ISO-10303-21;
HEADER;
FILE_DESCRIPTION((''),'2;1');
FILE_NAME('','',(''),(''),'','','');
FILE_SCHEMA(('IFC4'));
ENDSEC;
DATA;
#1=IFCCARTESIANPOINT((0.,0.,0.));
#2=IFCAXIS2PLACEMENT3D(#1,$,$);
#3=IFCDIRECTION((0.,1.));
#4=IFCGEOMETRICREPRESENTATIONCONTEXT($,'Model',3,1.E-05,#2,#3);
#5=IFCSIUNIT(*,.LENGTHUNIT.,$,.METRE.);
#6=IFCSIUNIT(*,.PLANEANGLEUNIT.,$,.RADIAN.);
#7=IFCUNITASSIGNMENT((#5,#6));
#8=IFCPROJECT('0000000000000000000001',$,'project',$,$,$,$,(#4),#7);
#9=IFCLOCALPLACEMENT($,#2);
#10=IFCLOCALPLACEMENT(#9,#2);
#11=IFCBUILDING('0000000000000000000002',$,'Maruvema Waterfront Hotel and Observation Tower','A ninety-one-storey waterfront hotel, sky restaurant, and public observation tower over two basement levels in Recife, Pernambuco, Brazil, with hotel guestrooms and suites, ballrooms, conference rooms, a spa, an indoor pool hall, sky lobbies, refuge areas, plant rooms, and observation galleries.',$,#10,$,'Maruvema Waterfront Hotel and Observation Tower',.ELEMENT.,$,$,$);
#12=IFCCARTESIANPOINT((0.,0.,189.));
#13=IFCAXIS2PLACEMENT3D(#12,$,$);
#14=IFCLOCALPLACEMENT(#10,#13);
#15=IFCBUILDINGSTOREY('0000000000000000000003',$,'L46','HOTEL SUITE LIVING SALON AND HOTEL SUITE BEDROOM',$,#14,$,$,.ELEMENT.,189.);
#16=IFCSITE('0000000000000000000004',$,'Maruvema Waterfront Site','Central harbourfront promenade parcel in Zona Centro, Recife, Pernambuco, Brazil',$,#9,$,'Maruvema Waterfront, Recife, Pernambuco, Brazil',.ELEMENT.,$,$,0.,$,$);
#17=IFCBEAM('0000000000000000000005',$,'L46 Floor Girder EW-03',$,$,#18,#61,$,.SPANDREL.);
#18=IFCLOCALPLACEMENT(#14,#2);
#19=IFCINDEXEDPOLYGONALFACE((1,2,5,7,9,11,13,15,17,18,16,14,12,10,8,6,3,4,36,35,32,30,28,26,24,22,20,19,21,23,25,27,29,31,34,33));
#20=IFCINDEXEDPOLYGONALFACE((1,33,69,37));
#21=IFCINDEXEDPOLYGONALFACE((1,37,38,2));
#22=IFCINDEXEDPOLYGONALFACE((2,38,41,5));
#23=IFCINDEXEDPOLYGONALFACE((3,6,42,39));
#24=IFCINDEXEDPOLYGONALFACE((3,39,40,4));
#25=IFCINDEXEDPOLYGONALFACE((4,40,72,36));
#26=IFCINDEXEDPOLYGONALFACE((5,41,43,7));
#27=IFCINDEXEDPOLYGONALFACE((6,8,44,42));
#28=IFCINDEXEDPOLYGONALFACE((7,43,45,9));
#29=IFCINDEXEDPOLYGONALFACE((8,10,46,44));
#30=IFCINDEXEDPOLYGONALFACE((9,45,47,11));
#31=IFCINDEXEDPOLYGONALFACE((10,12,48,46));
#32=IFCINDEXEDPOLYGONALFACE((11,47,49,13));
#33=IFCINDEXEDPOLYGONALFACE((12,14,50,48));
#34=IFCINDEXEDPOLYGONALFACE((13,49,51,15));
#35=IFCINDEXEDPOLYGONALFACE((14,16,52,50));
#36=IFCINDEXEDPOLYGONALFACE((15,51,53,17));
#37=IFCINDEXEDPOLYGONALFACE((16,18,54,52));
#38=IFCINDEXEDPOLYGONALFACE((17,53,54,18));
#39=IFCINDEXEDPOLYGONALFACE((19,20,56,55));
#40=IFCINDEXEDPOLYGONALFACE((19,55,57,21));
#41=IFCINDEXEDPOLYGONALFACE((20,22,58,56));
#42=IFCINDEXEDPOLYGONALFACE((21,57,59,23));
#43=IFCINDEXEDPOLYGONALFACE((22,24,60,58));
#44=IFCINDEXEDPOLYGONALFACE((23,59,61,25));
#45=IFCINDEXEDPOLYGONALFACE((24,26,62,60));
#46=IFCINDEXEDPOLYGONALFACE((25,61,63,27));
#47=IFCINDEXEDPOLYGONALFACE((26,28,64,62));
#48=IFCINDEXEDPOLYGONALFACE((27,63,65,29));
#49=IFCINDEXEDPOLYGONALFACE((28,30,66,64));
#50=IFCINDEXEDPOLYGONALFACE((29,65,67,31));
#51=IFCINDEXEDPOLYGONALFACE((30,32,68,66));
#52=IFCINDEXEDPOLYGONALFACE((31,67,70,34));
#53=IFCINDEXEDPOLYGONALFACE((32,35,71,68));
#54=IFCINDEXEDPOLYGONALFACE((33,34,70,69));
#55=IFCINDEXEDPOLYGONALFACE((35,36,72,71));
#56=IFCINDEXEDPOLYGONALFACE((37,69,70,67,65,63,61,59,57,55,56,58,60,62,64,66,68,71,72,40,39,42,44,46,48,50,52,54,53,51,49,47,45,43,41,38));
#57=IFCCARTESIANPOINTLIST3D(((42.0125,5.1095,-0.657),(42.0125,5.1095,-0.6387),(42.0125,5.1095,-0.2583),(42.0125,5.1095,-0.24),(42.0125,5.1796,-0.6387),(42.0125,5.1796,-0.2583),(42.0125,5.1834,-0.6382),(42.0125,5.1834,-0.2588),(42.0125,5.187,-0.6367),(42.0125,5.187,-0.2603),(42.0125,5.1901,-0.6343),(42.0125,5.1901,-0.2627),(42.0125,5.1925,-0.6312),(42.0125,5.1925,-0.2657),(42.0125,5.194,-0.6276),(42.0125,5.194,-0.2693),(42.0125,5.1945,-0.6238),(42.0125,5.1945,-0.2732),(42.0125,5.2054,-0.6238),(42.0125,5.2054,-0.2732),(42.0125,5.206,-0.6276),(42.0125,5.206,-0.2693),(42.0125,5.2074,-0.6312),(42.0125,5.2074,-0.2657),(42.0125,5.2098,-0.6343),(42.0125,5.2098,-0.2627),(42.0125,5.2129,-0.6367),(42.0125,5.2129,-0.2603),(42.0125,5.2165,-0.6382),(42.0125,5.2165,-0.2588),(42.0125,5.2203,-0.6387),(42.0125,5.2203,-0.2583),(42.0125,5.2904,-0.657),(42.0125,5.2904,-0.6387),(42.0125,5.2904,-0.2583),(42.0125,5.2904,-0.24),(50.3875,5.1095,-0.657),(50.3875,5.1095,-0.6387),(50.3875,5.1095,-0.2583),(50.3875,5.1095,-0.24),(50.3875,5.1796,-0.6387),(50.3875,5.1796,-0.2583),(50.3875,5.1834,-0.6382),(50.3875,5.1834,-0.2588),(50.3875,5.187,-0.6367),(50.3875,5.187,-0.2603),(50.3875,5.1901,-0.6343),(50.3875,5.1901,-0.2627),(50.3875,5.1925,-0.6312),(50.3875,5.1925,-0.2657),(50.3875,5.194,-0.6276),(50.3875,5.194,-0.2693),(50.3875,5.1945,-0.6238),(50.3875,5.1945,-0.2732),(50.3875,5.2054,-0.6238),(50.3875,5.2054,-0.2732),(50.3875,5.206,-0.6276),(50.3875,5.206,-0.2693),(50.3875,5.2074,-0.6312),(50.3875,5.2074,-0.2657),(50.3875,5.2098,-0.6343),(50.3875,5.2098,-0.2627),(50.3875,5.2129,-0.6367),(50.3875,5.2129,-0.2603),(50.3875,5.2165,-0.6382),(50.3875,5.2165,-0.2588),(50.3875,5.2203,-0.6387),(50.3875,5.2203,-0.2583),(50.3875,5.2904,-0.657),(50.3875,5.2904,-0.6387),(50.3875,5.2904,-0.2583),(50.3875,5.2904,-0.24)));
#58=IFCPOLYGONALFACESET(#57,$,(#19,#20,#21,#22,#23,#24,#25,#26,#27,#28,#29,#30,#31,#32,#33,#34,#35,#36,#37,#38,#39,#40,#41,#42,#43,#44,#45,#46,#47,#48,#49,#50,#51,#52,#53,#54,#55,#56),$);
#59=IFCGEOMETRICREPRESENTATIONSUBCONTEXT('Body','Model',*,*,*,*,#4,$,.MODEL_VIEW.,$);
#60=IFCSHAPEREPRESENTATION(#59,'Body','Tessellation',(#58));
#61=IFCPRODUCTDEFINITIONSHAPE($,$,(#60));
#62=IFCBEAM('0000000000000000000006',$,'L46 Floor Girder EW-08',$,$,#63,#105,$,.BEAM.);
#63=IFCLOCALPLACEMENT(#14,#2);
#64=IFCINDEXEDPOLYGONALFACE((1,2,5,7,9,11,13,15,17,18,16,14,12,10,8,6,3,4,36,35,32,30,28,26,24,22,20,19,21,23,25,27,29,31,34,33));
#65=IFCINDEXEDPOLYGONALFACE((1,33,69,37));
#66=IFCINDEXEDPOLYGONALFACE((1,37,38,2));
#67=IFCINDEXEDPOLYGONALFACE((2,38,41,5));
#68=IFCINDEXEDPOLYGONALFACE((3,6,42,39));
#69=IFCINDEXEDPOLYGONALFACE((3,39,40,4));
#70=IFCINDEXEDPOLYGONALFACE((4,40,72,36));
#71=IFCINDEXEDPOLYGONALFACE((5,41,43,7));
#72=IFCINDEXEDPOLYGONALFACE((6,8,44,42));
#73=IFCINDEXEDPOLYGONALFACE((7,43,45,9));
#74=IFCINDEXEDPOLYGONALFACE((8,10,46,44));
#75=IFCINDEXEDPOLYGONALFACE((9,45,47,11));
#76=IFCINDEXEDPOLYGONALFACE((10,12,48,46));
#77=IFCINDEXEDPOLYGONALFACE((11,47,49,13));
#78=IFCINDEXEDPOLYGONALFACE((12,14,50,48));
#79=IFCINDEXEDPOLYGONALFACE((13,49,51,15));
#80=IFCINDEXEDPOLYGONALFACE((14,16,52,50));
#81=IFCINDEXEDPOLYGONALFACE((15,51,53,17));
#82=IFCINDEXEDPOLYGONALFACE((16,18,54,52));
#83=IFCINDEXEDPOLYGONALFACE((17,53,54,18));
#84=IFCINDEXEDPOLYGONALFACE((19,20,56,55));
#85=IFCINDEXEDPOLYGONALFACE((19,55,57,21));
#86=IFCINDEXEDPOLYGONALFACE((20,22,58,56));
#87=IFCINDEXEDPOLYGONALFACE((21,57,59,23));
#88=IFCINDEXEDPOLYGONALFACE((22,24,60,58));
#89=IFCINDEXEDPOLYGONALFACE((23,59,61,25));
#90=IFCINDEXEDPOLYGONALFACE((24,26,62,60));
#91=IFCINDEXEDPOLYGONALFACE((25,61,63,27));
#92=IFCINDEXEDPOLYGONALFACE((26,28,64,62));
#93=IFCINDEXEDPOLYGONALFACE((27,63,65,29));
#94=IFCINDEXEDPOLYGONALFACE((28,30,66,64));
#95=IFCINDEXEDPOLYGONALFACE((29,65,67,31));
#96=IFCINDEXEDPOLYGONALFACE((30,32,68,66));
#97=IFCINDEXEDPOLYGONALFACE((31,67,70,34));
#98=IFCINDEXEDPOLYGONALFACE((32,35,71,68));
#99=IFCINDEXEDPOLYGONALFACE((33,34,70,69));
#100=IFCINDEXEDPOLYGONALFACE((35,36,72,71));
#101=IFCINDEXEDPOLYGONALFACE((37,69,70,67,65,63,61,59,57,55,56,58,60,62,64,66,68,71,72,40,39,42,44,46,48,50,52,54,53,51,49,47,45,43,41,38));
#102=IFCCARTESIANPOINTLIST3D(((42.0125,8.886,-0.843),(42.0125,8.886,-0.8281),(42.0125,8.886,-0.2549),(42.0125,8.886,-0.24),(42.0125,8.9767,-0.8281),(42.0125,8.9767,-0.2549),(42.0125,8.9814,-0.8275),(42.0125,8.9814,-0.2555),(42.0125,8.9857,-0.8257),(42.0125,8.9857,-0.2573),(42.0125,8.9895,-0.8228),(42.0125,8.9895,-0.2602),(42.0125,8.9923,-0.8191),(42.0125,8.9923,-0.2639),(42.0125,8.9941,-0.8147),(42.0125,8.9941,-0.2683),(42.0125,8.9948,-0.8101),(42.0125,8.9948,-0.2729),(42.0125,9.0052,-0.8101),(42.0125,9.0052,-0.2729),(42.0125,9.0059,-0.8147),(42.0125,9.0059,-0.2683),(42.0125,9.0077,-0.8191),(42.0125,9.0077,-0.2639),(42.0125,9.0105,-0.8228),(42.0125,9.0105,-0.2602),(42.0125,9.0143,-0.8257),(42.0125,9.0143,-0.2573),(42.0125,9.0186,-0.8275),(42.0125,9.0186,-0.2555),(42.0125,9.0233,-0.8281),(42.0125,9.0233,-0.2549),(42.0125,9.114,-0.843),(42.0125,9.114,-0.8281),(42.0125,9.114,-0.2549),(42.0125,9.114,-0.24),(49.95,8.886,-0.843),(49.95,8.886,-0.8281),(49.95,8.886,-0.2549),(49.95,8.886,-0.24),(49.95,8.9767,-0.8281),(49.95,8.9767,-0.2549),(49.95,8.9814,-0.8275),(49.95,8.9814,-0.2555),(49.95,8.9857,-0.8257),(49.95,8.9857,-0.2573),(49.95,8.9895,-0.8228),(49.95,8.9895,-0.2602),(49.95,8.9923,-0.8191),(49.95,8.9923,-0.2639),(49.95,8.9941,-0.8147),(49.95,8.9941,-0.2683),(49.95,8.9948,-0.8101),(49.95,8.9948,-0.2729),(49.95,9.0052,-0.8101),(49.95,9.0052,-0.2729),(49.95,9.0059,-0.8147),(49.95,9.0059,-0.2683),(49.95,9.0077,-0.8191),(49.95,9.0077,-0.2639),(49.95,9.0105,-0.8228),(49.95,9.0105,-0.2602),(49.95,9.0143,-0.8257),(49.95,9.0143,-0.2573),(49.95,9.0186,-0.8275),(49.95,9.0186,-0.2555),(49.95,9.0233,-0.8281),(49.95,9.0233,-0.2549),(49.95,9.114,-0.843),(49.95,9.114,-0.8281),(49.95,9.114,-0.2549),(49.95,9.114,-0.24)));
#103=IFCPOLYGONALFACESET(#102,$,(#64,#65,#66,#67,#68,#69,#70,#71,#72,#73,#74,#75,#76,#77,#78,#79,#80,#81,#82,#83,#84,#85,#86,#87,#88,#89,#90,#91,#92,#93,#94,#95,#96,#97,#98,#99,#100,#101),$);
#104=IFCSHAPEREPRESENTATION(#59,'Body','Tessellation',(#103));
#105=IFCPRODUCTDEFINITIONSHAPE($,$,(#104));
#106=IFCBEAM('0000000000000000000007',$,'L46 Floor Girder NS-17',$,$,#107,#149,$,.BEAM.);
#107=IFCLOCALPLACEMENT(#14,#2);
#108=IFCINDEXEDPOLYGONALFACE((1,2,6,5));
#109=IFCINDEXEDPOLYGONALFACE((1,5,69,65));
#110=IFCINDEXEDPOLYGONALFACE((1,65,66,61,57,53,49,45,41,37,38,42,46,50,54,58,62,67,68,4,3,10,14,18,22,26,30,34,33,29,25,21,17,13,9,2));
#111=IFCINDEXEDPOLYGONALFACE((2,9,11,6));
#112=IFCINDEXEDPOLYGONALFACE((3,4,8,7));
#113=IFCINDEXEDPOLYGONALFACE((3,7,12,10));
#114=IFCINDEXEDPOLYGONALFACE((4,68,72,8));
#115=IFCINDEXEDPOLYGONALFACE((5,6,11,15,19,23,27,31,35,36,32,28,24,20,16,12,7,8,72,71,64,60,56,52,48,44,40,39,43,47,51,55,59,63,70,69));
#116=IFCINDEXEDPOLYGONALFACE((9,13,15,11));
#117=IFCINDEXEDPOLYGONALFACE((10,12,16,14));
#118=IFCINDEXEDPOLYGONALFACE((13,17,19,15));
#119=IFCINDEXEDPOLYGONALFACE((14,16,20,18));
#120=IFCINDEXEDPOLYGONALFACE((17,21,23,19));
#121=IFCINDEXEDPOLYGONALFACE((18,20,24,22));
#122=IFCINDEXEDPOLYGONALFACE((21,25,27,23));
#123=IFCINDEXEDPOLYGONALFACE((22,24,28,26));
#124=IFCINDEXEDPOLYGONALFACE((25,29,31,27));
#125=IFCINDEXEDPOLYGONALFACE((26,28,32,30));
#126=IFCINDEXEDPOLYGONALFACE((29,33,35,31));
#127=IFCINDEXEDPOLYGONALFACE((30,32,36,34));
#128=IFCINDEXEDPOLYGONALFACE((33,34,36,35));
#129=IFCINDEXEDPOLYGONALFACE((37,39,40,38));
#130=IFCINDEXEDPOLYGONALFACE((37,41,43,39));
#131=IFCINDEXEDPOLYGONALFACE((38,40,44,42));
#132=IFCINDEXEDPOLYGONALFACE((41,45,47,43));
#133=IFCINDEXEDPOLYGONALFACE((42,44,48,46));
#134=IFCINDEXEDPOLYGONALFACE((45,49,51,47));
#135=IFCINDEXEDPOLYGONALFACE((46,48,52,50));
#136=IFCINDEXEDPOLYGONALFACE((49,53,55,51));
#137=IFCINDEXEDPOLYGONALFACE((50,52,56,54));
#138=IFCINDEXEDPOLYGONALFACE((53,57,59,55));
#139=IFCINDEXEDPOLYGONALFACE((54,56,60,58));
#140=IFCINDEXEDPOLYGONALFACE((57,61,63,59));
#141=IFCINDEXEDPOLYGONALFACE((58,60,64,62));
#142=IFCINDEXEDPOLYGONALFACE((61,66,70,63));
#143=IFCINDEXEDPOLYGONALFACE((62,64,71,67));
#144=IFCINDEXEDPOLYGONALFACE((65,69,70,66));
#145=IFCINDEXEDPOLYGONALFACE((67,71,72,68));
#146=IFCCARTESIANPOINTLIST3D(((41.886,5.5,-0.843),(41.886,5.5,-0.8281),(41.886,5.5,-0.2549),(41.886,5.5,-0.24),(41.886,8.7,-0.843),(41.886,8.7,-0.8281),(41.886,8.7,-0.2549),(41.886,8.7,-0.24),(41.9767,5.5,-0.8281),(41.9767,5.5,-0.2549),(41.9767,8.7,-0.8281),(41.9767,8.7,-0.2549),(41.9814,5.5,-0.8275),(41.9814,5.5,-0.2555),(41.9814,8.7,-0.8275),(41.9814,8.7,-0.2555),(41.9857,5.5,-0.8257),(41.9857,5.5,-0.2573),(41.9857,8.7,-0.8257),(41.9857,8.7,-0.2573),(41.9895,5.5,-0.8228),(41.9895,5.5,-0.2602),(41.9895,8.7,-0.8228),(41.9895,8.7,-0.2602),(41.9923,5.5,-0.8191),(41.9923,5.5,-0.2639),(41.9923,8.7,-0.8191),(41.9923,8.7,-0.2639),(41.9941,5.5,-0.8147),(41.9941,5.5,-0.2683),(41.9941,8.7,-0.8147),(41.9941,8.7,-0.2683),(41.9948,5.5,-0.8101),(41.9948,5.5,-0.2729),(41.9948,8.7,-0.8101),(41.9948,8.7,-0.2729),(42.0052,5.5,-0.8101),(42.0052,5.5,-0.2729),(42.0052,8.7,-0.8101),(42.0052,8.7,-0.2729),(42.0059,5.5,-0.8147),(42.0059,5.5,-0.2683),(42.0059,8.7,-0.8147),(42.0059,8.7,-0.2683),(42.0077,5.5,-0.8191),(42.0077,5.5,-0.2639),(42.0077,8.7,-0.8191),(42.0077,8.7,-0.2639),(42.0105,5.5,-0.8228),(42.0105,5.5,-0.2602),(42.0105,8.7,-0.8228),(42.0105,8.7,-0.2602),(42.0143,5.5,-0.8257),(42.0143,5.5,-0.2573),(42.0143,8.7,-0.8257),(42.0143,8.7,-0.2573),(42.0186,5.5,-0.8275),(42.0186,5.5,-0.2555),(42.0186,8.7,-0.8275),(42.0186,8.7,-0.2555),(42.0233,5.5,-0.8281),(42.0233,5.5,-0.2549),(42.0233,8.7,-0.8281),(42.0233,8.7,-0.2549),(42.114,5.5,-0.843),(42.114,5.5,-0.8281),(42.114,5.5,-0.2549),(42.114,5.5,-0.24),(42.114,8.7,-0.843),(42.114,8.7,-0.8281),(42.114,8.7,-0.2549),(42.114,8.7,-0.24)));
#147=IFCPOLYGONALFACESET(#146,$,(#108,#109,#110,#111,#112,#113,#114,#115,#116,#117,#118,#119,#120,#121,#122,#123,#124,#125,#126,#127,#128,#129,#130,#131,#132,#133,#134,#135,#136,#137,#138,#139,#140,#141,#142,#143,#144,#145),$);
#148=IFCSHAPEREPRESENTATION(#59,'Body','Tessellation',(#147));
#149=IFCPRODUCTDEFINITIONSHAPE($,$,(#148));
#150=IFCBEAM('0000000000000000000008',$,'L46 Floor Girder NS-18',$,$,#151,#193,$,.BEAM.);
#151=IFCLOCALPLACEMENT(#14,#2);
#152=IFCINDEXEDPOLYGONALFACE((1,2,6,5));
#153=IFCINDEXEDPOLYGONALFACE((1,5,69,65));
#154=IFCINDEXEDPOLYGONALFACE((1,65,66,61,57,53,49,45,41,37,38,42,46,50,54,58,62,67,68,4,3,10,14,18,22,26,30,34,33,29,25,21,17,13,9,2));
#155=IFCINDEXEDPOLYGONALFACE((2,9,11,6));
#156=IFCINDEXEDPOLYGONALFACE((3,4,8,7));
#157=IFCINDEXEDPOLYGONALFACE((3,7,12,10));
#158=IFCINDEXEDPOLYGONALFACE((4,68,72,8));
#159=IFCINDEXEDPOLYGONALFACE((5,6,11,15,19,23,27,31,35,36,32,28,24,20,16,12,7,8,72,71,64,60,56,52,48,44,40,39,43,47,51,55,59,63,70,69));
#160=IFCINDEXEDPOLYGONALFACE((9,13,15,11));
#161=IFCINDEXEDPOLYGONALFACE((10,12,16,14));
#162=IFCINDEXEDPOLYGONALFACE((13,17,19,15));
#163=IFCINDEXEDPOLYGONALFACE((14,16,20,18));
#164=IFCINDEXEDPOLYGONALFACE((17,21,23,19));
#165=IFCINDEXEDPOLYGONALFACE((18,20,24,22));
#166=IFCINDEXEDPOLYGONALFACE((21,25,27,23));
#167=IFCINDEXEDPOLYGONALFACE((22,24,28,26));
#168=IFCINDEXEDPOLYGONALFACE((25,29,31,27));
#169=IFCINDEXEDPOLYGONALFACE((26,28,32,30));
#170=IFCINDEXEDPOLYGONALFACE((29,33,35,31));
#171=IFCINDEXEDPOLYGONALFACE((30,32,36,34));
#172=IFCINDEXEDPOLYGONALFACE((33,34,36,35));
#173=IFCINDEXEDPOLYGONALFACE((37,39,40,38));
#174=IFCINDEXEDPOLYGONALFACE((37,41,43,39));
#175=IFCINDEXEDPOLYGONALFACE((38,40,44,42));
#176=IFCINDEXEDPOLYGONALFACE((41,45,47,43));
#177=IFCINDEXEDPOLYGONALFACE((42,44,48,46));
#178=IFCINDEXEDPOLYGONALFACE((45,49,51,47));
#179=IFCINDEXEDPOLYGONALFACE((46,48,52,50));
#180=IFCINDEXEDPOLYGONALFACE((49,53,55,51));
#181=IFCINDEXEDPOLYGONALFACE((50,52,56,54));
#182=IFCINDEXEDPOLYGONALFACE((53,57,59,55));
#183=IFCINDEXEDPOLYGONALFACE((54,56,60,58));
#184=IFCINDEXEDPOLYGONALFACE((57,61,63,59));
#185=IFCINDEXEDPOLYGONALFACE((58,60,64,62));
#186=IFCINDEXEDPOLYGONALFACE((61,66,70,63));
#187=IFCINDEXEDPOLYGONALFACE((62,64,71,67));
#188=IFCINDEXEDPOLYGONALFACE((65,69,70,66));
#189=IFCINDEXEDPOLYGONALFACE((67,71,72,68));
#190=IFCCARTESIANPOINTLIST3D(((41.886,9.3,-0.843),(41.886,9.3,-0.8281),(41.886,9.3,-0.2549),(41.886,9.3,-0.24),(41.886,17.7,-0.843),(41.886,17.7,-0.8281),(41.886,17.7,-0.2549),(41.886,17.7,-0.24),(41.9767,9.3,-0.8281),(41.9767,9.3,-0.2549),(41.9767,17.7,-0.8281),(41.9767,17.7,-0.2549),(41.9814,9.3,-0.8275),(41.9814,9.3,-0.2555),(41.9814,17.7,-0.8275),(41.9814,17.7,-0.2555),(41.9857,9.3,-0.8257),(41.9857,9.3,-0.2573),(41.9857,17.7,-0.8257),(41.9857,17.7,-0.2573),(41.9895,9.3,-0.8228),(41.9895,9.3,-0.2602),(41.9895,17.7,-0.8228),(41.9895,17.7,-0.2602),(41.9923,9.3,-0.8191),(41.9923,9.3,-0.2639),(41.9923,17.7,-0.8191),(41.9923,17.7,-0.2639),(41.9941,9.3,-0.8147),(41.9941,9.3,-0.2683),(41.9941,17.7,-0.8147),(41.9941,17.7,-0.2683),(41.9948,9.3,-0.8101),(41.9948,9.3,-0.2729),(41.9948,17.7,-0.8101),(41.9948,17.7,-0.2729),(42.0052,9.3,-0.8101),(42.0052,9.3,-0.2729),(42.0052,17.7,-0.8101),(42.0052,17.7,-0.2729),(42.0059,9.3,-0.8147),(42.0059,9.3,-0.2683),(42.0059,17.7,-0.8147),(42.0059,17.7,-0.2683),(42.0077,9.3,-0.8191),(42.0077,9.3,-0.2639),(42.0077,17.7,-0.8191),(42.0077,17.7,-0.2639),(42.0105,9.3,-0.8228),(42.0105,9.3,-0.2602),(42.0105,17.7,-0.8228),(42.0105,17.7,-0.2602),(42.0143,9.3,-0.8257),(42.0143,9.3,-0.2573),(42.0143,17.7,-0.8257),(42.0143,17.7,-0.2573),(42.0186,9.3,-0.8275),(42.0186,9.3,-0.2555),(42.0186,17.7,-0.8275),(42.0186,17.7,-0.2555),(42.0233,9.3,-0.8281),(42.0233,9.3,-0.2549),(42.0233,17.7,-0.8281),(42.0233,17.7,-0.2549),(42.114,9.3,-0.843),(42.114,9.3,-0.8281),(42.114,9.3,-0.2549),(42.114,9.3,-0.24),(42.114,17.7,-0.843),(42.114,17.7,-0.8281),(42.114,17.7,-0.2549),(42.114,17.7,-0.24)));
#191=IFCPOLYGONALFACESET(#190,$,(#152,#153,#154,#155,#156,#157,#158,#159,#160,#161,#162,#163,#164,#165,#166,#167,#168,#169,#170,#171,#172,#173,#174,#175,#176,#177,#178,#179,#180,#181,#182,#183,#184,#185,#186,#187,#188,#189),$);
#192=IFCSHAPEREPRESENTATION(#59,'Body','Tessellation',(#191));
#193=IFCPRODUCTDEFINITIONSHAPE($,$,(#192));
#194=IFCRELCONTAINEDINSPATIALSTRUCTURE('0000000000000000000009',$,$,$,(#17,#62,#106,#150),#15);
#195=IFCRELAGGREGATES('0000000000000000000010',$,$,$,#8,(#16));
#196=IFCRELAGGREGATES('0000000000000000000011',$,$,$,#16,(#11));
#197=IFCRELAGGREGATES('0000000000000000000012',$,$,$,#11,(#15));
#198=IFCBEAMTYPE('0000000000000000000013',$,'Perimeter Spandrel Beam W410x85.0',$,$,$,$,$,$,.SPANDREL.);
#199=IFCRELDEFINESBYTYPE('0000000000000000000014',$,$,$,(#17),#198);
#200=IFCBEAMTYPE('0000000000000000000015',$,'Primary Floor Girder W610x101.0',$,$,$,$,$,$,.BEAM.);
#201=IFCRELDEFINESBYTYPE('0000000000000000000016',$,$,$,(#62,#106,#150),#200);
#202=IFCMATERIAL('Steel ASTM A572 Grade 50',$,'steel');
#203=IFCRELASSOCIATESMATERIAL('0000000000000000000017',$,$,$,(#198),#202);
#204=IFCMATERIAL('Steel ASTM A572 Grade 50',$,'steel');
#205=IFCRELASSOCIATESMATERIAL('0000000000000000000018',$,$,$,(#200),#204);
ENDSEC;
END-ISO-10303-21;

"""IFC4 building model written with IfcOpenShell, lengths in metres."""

from ifc_helpers import new_model, si_unit, direction, frame, origin, origin_2d, place, context, subcontext, project, spatial, i_section, extrude, material, material_profile, profile_set, type_object, element, save


model = new_model("IFC4")

# Units and contexts
model_context = context("Model", 3, precision=1e-05, world=origin(), true_north=direction((0.0, 1.0)))
body_context = subcontext(model_context, "Body", "Model", "MODEL_VIEW")
ifc_project = project(units=[si_unit("LENGTHUNIT", "METRE"), si_unit("PLANEANGLEUNIT", "RADIAN")], contexts=[model_context])

# Site, building, storey
site_placement = place(None, origin())
site = spatial("IfcSite", under=ifc_project, at=site_placement, Name="Maruvema Waterfront Site", Description="Central harbourfront promenade parcel in Zona Centro, Recife, Pernambuco, Brazil", LongName="Maruvema Waterfront, Recife, Pernambuco, Brazil", CompositionType="ELEMENT", RefElevation=0.0)
building_placement = place(site_placement, origin())
building = spatial("IfcBuilding", under=site, at=building_placement, Name="Maruvema Waterfront Hotel and Observation Tower", Description="A ninety-one-storey waterfront hotel, sky restaurant, and public observation tower over two basement levels in Recife, Pernambuco, Brazil, with hotel guestrooms and suites, ballrooms, conference rooms, a spa, an indoor pool hall, sky lobbies, refuge areas, plant rooms, and observation galleries.", LongName="Maruvema Waterfront Hotel and Observation Tower", CompositionType="ELEMENT")
storey_placement = place(building_placement, frame((0.0, 0.0, 189.0)))
storey = spatial("IfcBuildingStorey", under=building, at=storey_placement, Name="L46", Description="HOTEL SUITE LIVING SALON AND HOTEL SUITE BEDROOM", CompositionType="ELEMENT", Elevation=189.0)

# Beams
ifc_material_1 = material(Name="Steel ASTM A572 Grade 50", Category="steel")
ifc_material_profile_1 = material_profile(ifc_material_1, i_section(OverallWidth=0.1809, OverallDepth=0.417, WebThickness=0.011, FlangeThickness=0.0183, FilletRadius=0.0149, at=origin_2d()), Name="W410x85.0")
ifc_profile_set_1 = profile_set([ifc_material_profile_1], Name="Steel ASTM A572 Grade 50")
beam_type_1 = type_object("IfcBeamType", Name="Perimeter Spandrel Beam W410x85.0", PredefinedType="SPANDREL", material=ifc_profile_set_1)
beam_1_placement = place(storey_placement, frame((42.0125, 5.2, -0.4485), z_axis=(1.0, 0.0, 0.0), x_axis=(0.0, 1.0, 0.0)))
element("IfcBeam", 1, at=beam_1_placement, inside=storey, type_object=beam_type_1, Name="L46 Floor Girder EW-03", PredefinedType="SPANDREL", context=body_context, shape_type="SweptSolid", body=[
    extrude(i_section(OverallWidth=0.1809, OverallDepth=0.417, WebThickness=0.011, FlangeThickness=0.0183, FilletRadius=0.0149, at=origin_2d()), origin(), (0.0, 0.0, 1.0), 8.375),
])
ifc_material_2 = material(Name="Steel ASTM A572 Grade 50", Category="steel")
ifc_material_profile_2 = material_profile(ifc_material_2, i_section(OverallWidth=0.228, OverallDepth=0.603, WebThickness=0.0105, FlangeThickness=0.0149, FilletRadius=0.0181, at=origin_2d()), Name="W610x101.0")
ifc_profile_set_2 = profile_set([ifc_material_profile_2], Name="Steel ASTM A572 Grade 50")
beam_type_2 = type_object("IfcBeamType", Name="Primary Floor Girder W610x101.0", PredefinedType="BEAM", material=ifc_profile_set_2)
beam_2_placement = place(storey_placement, frame((42.0125, 9.0, -0.5415), z_axis=(1.0, 0.0, 0.0), x_axis=(0.0, 1.0, 0.0)))
element("IfcBeam", 2, at=beam_2_placement, inside=storey, type_object=beam_type_2, Name="L46 Floor Girder EW-08", PredefinedType="BEAM", context=body_context, shape_type="SweptSolid", body=[
    extrude(i_section(OverallWidth=0.228, OverallDepth=0.603, WebThickness=0.0105, FlangeThickness=0.0149, FilletRadius=0.0181, at=origin_2d()), origin(), (0.0, 0.0, 1.0), 7.9375),
])
beam_3_placement = place(storey_placement, frame((42.0, 5.5, -0.5415), z_axis=(0.0, 1.0, 0.0), x_axis=(-1.0, 0.0, 0.0)))
element("IfcBeam", 3, at=beam_3_placement, inside=storey, type_object=beam_type_2, Name="L46 Floor Girder NS-17", PredefinedType="BEAM", context=body_context, shape_type="SweptSolid", body=[
    extrude(i_section(OverallWidth=0.228, OverallDepth=0.603, WebThickness=0.0105, FlangeThickness=0.0149, FilletRadius=0.0181, at=origin_2d()), origin(), (0.0, 0.0, 1.0), 3.2),
])
beam_4_placement = place(storey_placement, frame((42.0, 9.3, -0.5415), z_axis=(0.0, 1.0, 0.0), x_axis=(-1.0, 0.0, 0.0)))
element("IfcBeam", 4, at=beam_4_placement, inside=storey, type_object=beam_type_2, Name="L46 Floor Girder NS-18", PredefinedType="BEAM", context=body_context, shape_type="SweptSolid", body=[
    extrude(i_section(OverallWidth=0.228, OverallDepth=0.603, WebThickness=0.0105, FlangeThickness=0.0149, FilletRadius=0.0181, at=origin_2d()), origin(), (0.0, 0.0, 1.0), 8.3999),
])

save(model, "model.ifc")
